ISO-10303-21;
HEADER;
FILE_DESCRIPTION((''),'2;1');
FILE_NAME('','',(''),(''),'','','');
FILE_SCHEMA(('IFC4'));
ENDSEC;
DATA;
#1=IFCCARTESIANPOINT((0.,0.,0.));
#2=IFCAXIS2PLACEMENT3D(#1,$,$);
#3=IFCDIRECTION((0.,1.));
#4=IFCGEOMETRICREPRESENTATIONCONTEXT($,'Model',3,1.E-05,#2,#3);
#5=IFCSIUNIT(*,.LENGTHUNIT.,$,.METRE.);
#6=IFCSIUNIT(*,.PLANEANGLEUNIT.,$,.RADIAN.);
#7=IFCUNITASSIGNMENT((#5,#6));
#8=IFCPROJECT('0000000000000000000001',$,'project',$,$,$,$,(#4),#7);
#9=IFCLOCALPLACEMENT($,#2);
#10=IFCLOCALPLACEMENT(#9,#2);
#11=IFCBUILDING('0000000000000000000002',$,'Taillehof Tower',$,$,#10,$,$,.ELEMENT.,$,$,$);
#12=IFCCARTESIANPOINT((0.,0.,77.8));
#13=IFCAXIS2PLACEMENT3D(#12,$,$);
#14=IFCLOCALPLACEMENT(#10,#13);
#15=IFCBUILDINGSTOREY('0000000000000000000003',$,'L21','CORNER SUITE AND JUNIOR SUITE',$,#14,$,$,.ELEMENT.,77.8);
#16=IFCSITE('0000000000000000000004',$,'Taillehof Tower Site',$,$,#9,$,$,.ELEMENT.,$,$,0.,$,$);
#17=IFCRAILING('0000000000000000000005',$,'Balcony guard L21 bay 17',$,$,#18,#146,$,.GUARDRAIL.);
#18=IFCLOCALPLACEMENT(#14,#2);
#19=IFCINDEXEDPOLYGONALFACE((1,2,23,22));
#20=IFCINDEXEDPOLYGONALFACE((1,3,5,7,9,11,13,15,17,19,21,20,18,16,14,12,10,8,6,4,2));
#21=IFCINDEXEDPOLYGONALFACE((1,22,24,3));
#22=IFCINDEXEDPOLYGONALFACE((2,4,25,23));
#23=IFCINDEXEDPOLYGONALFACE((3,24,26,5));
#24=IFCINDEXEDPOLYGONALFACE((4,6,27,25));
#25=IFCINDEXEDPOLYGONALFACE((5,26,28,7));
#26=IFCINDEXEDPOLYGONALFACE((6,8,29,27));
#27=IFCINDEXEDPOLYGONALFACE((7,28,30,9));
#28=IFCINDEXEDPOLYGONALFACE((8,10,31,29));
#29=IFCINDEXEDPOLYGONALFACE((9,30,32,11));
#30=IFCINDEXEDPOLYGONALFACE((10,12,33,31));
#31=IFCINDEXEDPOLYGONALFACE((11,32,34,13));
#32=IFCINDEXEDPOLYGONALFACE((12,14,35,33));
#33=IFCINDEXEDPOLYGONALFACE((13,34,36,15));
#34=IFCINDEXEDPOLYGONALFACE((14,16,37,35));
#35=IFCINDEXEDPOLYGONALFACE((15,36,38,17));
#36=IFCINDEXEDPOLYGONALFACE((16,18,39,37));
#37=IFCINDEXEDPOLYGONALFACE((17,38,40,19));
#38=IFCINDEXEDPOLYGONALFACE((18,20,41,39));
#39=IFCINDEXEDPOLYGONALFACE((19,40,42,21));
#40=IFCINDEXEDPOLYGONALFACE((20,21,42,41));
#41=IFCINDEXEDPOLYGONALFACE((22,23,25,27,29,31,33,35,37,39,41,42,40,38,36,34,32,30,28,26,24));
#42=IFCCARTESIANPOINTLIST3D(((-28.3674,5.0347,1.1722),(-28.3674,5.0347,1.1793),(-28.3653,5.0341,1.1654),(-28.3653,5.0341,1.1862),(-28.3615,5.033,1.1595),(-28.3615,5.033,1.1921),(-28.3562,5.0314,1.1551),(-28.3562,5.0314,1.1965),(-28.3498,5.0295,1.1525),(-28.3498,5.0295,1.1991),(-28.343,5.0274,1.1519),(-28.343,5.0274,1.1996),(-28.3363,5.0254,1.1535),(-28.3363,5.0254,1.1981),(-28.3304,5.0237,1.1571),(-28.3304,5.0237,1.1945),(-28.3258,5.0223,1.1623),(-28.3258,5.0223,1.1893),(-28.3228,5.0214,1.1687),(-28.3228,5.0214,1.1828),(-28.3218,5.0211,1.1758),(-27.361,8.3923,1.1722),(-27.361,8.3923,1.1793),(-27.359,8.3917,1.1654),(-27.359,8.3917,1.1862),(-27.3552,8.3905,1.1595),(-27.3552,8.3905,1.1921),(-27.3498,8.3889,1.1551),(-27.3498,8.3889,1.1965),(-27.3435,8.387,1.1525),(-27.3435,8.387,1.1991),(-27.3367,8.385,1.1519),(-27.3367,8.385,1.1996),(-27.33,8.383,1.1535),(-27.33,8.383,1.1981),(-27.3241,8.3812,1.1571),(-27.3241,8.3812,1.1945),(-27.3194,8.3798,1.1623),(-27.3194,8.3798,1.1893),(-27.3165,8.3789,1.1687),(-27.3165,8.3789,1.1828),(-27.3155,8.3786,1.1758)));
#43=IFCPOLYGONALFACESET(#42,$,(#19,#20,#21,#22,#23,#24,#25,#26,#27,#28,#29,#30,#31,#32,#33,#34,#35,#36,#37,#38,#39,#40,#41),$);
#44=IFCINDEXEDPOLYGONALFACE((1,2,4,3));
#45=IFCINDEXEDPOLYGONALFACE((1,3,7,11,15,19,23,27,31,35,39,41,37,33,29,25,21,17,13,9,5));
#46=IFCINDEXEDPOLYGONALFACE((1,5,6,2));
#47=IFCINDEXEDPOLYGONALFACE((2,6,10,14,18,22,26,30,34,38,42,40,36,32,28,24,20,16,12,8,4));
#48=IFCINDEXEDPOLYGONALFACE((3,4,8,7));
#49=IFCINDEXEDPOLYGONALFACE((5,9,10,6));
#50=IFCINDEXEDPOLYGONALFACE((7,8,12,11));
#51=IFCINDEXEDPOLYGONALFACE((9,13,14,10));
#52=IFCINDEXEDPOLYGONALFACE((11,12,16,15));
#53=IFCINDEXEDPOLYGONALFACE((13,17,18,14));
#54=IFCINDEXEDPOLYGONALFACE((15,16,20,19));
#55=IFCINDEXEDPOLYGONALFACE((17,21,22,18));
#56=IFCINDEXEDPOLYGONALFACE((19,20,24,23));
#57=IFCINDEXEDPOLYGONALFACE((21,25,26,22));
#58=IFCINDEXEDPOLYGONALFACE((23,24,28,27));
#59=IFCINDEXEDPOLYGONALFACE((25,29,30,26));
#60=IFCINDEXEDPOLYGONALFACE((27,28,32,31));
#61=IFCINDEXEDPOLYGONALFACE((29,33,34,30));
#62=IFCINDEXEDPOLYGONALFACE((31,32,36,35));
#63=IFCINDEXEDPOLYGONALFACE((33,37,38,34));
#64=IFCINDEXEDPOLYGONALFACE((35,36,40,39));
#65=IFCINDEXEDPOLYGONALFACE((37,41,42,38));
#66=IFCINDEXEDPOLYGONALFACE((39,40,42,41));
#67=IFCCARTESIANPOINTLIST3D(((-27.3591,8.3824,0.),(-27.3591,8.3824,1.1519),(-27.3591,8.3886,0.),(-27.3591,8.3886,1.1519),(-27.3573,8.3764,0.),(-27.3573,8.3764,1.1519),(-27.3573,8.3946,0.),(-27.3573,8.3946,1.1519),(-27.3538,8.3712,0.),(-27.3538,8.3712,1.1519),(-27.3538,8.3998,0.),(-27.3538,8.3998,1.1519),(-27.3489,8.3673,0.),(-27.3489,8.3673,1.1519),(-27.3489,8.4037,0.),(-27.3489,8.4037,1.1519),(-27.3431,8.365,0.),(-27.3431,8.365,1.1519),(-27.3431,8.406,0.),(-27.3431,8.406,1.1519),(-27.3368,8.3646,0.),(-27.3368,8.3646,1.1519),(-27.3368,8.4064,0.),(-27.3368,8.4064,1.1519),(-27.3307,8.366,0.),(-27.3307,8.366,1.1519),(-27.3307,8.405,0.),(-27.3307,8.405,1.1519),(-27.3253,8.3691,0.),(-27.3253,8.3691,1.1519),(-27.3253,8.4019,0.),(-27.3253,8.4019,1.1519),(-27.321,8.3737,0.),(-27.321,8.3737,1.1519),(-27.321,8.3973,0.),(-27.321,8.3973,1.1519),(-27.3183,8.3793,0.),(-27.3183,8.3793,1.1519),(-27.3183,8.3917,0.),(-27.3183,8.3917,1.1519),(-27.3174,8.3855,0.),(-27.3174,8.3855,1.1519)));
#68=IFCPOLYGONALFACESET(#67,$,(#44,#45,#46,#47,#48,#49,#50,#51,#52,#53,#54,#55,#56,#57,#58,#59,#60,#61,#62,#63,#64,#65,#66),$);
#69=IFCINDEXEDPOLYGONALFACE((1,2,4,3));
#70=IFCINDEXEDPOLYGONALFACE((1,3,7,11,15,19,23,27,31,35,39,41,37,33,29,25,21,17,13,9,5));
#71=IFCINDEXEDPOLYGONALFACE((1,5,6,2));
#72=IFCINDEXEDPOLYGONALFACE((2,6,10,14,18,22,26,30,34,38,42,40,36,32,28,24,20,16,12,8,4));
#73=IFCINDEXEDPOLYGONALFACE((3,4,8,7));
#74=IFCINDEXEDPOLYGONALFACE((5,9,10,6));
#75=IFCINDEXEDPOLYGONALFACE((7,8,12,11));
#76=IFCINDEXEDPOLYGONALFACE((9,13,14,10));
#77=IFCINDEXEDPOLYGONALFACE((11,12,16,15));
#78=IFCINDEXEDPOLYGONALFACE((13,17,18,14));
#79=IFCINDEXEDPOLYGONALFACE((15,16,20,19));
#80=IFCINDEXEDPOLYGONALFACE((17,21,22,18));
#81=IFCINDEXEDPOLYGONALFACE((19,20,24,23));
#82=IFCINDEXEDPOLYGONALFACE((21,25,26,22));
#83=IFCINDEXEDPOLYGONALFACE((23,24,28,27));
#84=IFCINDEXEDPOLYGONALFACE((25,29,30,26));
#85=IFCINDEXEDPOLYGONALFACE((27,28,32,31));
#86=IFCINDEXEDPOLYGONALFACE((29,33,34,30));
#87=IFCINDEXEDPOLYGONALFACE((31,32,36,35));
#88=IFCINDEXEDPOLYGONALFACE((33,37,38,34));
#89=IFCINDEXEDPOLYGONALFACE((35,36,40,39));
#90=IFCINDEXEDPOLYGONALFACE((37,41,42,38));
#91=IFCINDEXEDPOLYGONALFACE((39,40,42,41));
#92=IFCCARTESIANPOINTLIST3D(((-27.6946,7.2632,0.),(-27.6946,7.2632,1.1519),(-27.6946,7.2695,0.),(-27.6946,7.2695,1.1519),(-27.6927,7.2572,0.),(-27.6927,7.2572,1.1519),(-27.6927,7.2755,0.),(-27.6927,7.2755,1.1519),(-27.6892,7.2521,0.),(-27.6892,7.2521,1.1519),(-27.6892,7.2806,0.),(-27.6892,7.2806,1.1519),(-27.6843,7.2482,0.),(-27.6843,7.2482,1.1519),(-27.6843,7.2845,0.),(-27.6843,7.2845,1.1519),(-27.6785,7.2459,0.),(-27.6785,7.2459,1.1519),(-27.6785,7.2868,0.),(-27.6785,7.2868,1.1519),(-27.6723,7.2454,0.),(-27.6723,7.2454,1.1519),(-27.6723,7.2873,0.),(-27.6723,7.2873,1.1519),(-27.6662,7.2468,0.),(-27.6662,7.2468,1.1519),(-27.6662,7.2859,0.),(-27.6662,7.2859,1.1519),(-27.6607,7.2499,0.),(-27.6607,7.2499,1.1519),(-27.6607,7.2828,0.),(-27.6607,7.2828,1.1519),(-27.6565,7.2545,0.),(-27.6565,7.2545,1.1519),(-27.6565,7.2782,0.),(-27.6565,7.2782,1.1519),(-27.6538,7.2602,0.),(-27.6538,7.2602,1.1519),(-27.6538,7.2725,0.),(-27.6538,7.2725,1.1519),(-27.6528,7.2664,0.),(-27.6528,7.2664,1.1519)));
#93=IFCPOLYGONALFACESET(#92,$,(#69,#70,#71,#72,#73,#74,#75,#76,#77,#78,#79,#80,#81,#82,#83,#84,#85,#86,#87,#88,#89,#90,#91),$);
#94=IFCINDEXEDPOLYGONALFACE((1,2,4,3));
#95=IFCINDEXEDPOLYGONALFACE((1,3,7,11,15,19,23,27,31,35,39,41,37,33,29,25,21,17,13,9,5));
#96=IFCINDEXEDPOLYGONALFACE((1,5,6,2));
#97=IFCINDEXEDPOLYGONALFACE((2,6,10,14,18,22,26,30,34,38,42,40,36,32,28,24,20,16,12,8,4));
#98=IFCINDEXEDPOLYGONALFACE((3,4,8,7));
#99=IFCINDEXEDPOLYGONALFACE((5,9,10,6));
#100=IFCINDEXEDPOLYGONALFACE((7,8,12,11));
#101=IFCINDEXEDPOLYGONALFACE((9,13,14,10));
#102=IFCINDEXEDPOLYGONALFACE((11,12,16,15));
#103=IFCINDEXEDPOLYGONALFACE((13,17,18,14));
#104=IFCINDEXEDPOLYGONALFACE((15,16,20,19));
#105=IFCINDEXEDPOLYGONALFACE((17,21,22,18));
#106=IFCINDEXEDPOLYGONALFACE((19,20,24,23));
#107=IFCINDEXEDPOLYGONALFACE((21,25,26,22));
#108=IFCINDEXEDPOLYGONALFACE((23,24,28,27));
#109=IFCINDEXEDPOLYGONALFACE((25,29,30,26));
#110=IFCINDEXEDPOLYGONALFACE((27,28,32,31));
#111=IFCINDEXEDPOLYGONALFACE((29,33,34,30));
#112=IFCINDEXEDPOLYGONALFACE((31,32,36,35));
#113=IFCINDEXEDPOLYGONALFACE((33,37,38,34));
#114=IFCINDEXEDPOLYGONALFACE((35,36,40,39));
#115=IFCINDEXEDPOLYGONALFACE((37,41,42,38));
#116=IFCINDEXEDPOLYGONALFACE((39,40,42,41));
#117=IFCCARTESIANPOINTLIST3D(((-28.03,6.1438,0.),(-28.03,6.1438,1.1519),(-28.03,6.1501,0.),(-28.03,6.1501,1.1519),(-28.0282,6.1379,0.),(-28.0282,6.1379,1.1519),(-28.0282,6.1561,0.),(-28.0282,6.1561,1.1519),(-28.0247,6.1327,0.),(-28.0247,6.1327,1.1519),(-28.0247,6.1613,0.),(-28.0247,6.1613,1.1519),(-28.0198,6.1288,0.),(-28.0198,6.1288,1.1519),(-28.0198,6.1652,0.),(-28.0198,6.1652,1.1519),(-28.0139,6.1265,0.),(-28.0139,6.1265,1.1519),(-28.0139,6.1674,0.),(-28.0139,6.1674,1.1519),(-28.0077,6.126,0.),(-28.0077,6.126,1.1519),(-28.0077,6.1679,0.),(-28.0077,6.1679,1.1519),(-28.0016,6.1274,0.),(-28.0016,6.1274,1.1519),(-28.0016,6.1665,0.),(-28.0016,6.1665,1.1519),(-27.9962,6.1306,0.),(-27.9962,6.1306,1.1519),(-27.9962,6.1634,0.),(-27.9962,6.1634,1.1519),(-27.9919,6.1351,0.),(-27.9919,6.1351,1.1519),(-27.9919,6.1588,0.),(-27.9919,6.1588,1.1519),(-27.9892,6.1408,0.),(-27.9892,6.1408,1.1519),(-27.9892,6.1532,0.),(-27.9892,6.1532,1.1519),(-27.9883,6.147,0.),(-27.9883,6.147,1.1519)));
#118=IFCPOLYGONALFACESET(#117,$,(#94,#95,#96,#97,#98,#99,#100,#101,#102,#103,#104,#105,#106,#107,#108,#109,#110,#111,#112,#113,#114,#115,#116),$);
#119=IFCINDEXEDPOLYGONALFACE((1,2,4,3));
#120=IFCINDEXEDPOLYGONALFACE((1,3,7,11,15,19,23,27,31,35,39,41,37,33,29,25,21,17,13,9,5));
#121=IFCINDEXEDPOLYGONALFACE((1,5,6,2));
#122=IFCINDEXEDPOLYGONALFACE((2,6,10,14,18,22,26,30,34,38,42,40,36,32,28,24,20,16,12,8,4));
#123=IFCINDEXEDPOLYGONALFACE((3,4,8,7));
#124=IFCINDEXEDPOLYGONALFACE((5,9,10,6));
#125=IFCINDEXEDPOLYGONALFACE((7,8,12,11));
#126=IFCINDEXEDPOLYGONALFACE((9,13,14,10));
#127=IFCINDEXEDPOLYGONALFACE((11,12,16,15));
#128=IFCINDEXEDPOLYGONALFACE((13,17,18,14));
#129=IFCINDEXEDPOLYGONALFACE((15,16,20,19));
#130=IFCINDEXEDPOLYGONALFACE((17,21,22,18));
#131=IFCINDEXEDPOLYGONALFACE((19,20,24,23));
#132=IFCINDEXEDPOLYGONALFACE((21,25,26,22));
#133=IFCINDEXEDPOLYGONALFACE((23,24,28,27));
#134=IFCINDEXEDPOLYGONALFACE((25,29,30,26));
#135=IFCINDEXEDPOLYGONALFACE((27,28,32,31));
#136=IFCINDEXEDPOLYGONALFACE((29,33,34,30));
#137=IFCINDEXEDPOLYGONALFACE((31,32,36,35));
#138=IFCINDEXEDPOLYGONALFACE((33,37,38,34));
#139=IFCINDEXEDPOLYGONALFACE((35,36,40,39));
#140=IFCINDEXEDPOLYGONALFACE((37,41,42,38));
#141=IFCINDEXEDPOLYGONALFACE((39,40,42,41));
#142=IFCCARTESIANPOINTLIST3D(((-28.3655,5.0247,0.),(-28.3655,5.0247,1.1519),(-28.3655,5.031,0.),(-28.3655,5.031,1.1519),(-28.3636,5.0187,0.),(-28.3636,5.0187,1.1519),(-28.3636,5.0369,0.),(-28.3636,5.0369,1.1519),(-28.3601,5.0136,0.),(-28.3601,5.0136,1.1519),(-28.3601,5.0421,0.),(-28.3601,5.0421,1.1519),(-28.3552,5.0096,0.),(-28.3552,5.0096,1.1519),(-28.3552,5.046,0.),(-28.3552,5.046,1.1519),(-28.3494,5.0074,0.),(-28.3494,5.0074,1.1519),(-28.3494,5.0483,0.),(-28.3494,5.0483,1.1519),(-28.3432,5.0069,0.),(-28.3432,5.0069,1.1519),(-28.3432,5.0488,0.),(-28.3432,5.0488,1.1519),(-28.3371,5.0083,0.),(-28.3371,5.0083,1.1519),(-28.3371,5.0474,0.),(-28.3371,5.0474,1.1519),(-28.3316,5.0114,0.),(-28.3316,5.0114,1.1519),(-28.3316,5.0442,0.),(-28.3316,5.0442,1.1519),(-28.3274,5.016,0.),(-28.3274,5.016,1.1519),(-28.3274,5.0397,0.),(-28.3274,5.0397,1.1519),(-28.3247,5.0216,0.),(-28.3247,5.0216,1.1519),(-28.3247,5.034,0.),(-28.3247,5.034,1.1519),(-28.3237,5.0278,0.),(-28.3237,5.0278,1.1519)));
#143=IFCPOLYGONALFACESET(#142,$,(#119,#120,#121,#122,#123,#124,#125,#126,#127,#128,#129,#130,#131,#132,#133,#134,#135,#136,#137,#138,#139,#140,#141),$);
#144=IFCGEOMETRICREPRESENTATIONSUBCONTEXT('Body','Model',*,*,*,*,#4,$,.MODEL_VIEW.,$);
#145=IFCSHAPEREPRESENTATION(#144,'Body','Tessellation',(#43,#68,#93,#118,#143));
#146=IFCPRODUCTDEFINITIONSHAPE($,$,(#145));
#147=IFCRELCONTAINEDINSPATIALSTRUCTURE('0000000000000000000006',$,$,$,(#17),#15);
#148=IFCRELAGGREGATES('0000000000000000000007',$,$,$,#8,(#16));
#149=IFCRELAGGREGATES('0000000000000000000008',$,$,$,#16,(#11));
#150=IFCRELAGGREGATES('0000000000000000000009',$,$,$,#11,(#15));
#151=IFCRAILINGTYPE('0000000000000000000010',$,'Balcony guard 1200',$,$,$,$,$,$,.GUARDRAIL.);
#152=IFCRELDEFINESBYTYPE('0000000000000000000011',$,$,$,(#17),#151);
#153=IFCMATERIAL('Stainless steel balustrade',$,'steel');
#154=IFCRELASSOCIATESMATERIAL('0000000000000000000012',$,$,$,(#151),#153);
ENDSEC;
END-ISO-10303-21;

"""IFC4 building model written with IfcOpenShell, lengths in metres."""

from ifc_helpers import new_model, si_unit, direction, frame, origin, origin_2d, place, context, subcontext, project, spatial, circle, extrude, material, type_object, element, save


model = new_model("IFC4")

# Units and contexts
model_context = context("Model", 3, precision=1e-05, world=origin(), true_north=direction((0.0, 1.0)))
body_context = subcontext(model_context, "Body", "Model", "MODEL_VIEW")
ifc_project = project(units=[si_unit("LENGTHUNIT", "METRE"), si_unit("PLANEANGLEUNIT", "RADIAN")], contexts=[model_context])

# Site, building, storey
site_placement = place(None, origin())
site = spatial("IfcSite", under=ifc_project, at=site_placement, Name="Taillehof Tower Site", CompositionType="ELEMENT", RefElevation=0.0)
building_placement = place(site_placement, origin())
building = spatial("IfcBuilding", under=site, at=building_placement, Name="Taillehof Tower", CompositionType="ELEMENT")
storey_placement = place(building_placement, frame((0.0, 0.0, 77.8)))
storey = spatial("IfcBuildingStorey", under=building, at=storey_placement, Name="L21", Description="CORNER SUITE AND JUNIOR SUITE", CompositionType="ELEMENT", Elevation=77.8)

# Railing
ifc_material_1 = material(Name="Stainless steel balustrade", Category="steel")
railing_type = type_object("IfcRailingType", Name="Balcony guard 1200", PredefinedType="GUARDRAIL", material=ifc_material_1)
railing_placement = place(storey_placement, frame((-27.3384, 8.3855, 0.0)))
element("IfcRailing", 1, at=railing_placement, inside=storey, type_object=railing_type, Name="Balcony guard L21 bay 17", PredefinedType="GUARDRAIL", context=body_context, shape_type="SweptSolid", body=[
    extrude(circle(Radius=0.0239, at=origin_2d()), frame((0.0, 0.0, 1.1758), z_axis=(-0.287099, -0.957901, 0.0), x_axis=(0.957901, -0.287099, 0.0)), (0.0, 0.0, 1.0), 3.5051),
    extrude(circle(Radius=0.021, at=origin_2d()), origin(), (0.0, 0.0, 1.0), 1.1519),
    extrude(circle(Radius=0.021, at=origin_2d()), frame((-0.3354, -1.1191, 0.0)), (0.0, 0.0, 1.0), 1.1519),
    extrude(circle(Radius=0.021, at=origin_2d()), frame((-0.6709, -2.2385, 0.0)), (0.0, 0.0, 1.0), 1.1519),
    extrude(circle(Radius=0.021, at=origin_2d()), frame((-1.0063, -3.3577, 0.0)), (0.0, 0.0, 1.0), 1.1519),
])

save(model, "model.ifc")
